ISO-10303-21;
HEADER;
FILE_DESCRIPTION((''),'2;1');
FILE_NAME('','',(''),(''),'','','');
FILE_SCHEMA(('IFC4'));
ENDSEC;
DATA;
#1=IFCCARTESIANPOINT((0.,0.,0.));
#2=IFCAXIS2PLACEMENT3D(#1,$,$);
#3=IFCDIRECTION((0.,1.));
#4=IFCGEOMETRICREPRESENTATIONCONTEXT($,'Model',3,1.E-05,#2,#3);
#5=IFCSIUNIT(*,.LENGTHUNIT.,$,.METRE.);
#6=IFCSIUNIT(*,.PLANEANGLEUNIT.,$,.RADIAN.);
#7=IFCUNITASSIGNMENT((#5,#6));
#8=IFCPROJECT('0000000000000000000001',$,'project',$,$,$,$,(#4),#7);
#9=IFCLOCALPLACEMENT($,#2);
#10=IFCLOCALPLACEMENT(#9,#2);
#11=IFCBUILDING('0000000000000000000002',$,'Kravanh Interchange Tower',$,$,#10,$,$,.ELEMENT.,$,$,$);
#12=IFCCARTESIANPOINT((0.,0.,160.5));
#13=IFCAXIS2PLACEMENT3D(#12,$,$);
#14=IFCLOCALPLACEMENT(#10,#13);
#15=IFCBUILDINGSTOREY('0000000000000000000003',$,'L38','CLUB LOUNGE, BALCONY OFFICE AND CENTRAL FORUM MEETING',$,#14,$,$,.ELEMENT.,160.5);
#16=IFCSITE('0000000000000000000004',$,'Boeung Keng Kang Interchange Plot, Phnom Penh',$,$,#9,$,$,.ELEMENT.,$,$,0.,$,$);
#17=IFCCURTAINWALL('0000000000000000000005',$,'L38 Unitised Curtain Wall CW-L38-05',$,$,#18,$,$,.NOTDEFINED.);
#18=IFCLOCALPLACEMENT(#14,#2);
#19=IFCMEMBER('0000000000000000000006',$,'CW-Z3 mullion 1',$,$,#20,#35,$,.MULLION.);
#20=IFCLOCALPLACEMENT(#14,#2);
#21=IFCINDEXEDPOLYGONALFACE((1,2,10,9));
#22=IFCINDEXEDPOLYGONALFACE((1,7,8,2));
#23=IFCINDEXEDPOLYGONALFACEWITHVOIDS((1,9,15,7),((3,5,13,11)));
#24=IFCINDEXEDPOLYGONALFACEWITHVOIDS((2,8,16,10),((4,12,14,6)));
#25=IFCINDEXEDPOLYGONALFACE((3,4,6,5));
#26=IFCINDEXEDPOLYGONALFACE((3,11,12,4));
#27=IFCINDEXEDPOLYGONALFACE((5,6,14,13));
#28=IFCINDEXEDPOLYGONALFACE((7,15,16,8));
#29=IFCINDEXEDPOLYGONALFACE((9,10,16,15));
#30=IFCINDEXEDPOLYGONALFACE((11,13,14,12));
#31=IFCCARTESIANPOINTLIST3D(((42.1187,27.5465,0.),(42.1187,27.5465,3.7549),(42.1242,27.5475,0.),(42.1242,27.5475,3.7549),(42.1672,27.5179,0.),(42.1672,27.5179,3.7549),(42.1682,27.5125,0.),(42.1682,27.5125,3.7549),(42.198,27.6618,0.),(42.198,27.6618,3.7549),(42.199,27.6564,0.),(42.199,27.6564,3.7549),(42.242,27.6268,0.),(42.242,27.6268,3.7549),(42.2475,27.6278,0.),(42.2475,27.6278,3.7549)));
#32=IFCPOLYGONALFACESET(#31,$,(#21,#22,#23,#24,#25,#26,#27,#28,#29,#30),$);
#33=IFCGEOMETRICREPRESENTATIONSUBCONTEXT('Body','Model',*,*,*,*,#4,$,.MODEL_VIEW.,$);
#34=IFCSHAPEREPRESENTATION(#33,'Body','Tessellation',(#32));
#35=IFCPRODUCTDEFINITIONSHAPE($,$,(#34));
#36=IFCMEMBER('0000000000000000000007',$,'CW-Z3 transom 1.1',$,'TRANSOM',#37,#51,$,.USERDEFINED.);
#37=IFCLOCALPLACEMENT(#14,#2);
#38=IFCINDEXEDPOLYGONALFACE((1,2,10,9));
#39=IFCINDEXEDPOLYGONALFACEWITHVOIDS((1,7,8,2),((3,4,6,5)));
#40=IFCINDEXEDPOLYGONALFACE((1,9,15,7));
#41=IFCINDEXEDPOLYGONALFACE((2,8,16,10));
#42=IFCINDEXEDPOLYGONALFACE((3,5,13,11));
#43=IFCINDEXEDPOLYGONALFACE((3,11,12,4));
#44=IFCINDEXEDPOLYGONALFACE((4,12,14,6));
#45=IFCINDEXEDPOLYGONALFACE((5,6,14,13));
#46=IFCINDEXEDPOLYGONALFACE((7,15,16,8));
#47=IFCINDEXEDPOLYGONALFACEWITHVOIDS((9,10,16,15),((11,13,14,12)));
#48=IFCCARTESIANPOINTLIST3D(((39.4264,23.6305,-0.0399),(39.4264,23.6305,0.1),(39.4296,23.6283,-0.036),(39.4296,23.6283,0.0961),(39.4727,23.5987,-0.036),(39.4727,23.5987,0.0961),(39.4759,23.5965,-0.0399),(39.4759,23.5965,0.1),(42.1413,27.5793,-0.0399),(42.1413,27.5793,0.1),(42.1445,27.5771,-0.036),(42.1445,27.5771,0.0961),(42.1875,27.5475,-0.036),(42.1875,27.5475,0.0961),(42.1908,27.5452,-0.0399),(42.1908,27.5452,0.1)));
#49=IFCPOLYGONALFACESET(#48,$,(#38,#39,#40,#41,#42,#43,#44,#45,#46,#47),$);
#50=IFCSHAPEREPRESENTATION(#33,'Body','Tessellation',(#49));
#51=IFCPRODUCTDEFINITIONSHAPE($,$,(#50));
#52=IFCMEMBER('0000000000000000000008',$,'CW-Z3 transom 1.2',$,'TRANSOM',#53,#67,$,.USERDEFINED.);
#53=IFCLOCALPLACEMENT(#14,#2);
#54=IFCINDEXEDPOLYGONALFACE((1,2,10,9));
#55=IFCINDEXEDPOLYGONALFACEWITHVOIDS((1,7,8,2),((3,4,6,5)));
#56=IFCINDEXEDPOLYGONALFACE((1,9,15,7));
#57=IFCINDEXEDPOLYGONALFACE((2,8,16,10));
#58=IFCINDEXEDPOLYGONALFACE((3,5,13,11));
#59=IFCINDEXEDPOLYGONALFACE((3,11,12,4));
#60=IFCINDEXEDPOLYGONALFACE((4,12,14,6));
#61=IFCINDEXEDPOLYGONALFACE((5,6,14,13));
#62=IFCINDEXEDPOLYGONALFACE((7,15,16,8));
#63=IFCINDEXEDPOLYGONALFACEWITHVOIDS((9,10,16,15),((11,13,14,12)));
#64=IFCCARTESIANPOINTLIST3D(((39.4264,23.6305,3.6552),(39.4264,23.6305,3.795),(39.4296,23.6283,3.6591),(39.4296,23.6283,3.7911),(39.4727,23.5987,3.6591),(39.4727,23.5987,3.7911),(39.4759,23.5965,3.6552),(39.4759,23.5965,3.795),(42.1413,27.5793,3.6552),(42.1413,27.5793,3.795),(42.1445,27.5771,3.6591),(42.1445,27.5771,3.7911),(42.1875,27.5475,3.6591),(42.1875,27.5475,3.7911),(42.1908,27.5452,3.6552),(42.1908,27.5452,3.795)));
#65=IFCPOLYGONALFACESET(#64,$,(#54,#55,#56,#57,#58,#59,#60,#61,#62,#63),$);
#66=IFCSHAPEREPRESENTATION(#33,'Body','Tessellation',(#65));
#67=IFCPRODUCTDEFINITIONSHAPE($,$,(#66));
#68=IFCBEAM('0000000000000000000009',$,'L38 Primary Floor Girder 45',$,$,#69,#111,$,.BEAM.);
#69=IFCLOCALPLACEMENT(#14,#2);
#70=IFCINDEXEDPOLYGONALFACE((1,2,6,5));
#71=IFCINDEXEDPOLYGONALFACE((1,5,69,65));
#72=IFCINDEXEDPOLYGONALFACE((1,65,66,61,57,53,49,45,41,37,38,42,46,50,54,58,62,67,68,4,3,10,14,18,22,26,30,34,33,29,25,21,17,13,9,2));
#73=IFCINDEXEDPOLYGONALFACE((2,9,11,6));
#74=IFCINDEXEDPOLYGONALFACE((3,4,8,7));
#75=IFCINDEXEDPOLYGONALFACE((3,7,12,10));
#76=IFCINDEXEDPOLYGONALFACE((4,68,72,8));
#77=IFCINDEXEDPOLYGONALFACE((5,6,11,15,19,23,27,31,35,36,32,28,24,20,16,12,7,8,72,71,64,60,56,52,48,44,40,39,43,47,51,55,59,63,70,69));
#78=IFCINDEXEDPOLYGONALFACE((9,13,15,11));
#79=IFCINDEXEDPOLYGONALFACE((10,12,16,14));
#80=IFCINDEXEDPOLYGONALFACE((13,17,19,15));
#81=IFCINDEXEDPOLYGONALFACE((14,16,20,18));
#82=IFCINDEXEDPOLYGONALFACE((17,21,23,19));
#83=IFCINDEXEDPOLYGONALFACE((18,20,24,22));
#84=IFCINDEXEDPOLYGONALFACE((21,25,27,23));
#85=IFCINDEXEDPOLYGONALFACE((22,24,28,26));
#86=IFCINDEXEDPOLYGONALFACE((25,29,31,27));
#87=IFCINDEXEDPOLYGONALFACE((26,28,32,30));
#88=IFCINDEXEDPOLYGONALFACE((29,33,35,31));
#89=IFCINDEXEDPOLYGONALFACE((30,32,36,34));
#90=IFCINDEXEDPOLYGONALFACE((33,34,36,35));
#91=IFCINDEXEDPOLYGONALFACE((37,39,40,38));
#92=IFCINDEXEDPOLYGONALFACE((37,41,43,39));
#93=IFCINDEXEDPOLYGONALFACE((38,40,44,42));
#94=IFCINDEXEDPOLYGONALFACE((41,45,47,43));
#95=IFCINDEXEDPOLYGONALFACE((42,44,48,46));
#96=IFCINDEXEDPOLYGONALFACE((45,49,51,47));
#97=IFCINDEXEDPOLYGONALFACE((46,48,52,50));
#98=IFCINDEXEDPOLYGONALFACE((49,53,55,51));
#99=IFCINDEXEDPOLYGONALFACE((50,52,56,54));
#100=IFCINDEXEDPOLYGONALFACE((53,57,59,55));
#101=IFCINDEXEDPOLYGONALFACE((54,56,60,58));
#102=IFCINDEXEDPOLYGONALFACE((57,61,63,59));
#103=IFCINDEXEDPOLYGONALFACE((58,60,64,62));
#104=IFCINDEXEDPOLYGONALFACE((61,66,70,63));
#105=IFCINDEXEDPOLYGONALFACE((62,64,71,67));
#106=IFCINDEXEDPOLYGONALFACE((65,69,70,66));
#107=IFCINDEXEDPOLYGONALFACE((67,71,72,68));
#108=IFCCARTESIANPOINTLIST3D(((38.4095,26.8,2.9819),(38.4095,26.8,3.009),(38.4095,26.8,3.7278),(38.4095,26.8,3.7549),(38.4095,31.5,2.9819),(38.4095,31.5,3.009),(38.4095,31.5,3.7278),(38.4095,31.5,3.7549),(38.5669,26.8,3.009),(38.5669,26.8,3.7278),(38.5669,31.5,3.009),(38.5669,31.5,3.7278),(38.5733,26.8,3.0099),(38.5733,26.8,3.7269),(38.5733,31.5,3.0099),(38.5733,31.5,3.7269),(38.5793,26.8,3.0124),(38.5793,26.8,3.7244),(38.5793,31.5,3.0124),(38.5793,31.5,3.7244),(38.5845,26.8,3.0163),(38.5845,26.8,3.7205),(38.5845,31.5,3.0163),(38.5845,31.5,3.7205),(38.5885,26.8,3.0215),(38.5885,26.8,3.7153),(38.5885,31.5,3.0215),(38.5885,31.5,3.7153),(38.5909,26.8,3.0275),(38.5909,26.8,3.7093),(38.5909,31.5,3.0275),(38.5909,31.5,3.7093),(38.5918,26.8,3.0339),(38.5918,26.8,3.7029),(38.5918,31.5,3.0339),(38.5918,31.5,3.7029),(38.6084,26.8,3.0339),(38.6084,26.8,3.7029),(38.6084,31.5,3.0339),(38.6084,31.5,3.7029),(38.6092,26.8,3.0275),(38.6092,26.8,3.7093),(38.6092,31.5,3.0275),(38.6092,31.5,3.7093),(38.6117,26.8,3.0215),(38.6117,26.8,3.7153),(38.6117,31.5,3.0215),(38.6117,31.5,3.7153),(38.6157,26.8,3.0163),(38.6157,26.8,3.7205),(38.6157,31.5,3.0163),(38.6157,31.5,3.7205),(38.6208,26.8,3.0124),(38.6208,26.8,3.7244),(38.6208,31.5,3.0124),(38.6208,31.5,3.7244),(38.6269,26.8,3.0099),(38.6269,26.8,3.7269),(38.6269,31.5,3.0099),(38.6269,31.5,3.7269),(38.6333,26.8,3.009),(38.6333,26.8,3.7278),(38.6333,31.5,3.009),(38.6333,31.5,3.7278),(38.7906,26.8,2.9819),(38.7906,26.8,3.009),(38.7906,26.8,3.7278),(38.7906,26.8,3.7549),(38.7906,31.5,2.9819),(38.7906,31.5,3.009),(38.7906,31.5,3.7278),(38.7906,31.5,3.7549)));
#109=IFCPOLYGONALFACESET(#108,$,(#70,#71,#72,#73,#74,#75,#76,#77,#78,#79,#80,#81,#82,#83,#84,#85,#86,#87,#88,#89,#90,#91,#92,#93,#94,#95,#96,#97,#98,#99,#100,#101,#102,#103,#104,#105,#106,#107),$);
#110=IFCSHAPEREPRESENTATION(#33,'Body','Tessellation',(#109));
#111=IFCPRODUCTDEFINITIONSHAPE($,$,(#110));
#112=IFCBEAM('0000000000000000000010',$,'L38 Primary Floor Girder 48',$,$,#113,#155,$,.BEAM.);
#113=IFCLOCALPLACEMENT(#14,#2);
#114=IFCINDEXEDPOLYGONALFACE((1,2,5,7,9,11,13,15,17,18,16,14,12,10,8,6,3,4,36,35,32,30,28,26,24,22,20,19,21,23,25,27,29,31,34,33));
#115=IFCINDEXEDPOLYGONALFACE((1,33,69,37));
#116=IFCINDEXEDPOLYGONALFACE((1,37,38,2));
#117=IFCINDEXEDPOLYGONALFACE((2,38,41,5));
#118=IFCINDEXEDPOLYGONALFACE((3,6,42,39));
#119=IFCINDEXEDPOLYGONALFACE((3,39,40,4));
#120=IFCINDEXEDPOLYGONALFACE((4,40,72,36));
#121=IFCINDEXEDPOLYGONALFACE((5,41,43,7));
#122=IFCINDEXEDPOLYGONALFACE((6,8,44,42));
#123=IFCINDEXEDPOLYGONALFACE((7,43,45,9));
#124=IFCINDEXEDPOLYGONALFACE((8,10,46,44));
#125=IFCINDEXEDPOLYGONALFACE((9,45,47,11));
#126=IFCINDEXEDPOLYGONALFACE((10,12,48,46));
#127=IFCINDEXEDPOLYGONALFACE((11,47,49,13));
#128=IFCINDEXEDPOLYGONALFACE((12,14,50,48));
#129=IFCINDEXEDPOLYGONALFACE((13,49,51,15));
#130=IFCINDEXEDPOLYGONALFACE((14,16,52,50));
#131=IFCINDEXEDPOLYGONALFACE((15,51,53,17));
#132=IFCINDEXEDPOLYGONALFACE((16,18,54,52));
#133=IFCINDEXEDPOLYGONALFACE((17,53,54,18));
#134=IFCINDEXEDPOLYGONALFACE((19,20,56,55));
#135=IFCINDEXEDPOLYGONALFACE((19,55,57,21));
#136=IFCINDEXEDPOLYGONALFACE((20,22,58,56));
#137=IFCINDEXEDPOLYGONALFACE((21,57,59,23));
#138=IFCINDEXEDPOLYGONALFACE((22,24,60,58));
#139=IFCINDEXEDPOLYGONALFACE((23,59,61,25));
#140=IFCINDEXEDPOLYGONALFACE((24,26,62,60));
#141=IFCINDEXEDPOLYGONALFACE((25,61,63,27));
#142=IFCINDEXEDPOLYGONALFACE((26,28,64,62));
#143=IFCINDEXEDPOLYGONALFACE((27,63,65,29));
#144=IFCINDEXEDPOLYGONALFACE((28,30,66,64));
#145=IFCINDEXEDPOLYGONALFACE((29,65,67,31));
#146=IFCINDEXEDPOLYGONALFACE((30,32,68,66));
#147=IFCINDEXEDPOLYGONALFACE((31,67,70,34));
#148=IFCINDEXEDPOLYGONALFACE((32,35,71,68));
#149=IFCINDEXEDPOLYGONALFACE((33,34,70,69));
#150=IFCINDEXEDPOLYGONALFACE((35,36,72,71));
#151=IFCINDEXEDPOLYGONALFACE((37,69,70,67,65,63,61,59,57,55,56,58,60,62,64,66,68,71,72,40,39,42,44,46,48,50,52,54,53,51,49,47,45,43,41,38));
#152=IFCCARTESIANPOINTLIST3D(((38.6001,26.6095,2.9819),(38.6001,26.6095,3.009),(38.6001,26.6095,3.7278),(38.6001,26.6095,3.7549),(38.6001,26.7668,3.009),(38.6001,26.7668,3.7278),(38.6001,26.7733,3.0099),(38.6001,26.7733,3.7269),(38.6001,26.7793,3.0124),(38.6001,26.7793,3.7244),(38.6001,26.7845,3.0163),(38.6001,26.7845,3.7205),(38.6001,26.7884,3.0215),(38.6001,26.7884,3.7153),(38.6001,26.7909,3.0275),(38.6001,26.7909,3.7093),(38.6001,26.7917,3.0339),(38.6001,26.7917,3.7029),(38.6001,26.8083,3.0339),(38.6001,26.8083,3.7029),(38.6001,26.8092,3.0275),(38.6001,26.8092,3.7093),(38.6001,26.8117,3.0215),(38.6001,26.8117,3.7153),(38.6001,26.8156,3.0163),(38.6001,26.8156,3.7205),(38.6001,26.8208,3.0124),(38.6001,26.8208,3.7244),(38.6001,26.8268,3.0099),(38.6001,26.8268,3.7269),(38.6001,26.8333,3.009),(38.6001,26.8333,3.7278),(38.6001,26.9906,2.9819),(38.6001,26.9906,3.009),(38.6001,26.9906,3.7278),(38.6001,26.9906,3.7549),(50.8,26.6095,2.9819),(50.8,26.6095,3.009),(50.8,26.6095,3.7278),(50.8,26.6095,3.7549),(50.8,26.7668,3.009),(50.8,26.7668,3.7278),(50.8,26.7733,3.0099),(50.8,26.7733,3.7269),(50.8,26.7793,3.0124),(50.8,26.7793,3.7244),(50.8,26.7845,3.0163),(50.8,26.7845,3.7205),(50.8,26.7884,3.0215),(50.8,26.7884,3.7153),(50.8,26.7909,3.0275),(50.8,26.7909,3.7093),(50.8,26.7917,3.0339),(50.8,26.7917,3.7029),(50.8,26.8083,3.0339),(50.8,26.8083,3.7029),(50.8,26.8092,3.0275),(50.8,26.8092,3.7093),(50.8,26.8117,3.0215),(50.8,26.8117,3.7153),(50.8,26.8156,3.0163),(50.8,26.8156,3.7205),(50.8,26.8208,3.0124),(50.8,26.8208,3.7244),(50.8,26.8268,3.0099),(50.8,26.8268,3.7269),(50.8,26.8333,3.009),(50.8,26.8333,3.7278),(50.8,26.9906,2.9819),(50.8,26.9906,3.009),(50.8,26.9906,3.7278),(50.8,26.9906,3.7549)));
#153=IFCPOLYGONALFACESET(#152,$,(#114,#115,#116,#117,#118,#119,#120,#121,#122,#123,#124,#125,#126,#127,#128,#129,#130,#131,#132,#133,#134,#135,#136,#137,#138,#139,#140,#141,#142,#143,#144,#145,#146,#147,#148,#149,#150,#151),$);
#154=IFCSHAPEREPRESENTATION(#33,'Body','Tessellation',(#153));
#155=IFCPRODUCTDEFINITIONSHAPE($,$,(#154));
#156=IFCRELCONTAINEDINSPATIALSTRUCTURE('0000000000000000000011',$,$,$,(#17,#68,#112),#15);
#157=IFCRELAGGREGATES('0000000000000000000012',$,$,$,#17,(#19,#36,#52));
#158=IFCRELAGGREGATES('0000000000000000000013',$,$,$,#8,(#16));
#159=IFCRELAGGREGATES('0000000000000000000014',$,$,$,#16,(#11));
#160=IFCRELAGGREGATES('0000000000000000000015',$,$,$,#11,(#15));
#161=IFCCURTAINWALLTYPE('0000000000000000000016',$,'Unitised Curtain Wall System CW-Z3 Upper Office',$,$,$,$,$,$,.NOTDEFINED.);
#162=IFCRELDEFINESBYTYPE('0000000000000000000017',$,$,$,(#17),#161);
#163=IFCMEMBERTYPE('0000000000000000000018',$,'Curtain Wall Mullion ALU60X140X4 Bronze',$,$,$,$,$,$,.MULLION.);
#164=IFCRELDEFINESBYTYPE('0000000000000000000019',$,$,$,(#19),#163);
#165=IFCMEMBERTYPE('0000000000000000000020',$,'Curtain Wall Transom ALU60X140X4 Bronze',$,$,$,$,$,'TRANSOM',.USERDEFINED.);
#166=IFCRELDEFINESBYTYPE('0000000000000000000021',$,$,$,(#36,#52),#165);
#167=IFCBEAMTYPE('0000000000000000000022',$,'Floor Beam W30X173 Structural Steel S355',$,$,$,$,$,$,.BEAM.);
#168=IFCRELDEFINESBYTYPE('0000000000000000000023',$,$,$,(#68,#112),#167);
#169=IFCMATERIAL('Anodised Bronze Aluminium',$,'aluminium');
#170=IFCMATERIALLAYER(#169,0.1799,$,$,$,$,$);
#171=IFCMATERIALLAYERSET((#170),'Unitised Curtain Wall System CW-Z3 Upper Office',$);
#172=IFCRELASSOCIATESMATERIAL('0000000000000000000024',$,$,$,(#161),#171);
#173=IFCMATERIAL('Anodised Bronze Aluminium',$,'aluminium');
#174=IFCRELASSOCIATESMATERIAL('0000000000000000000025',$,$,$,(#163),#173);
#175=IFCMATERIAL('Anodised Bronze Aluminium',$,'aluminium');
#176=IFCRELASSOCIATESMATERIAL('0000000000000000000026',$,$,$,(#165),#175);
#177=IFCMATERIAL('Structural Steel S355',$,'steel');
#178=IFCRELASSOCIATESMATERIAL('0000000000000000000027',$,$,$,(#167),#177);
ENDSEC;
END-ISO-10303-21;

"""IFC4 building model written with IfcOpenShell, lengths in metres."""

from ifc_helpers import new_model, si_unit, direction, frame, origin, origin_2d, place, context, subcontext, project, spatial, hollow_rectangle, i_section, extrude, material, layer, layer_set, material_profile, profile_set, type_object, element, aggregate, save


model = new_model("IFC4")

# Units and contexts
model_context = context("Model", 3, precision=1e-05, world=origin(), true_north=direction((0.0, 1.0)))
body_context = subcontext(model_context, "Body", "Model", "MODEL_VIEW")
ifc_project = project(units=[si_unit("LENGTHUNIT", "METRE"), si_unit("PLANEANGLEUNIT", "RADIAN")], contexts=[model_context])

# Site, building, storey
site_placement = place(None, origin())
site = spatial("IfcSite", under=ifc_project, at=site_placement, Name="Boeung Keng Kang Interchange Plot, Phnom Penh", CompositionType="ELEMENT", RefElevation=0.0)
building_placement = place(site_placement, origin())
building = spatial("IfcBuilding", under=site, at=building_placement, Name="Kravanh Interchange Tower", CompositionType="ELEMENT")
storey_placement = place(building_placement, frame((0.0, 0.0, 160.5)))
storey = spatial("IfcBuildingStorey", under=building, at=storey_placement, Name="L38", Description="CLUB LOUNGE, BALCONY OFFICE AND CENTRAL FORUM MEETING", CompositionType="ELEMENT", Elevation=160.5)

# Shared definitions
ifc_material_1 = material(Name="Anodised Bronze Aluminium", Category="aluminium")
ifc_layer_1 = layer(ifc_material_1, 0.1799)
ifc_layer_set_1 = layer_set([ifc_layer_1], Name="Unitised Curtain Wall System CW-Z3 Upper Office")
curtain_wall_type = type_object("IfcCurtainWallType", Name="Unitised Curtain Wall System CW-Z3 Upper Office", PredefinedType="NOTDEFINED", material=ifc_layer_set_1)
ifc_material_2 = material(Name="Anodised Bronze Aluminium", Category="aluminium")
ifc_material_profile_1 = material_profile(ifc_material_2, hollow_rectangle(XDim=0.0601, YDim=0.1399, WallThickness=0.0039, at=origin_2d()), Name="ALU60X140X4")
ifc_profile_set_1 = profile_set([ifc_material_profile_1], Name="Anodised Bronze Aluminium")
member_type_1 = type_object("IfcMemberType", Name="Curtain Wall Mullion ALU60X140X4 Bronze", PredefinedType="MULLION", material=ifc_profile_set_1)

# Curtain wall, members
curtain_wall_1_placement = place(storey_placement, origin())
curtain_wall_1 = element("IfcCurtainWall", 1, at=curtain_wall_1_placement, inside=storey, type_object=curtain_wall_type, Name="L38 Unitised Curtain Wall CW-L38-05", PredefinedType="NOTDEFINED")
member_1_placement = place(storey_placement, frame((42.1831, 27.5872, 0.0), z_axis=(0.0, 0.0, 1.0), x_axis=(0.824042, -0.566528, 0.0)))
member_1 = element("IfcMember", 2, at=member_1_placement, type_object=member_type_1, Name="CW-Z3 mullion 1", PredefinedType="MULLION", context=body_context, shape_type="SweptSolid", body=[
    extrude(hollow_rectangle(XDim=0.0601, YDim=0.1399, WallThickness=0.0039, at=origin_2d()), origin(), (0.0, 0.0, 1.0), 3.7549),
])
ifc_material_3 = material(Name="Anodised Bronze Aluminium", Category="aluminium")
ifc_material_profile_2 = material_profile(ifc_material_3, hollow_rectangle(XDim=0.0601, YDim=0.1399, WallThickness=0.0039, at=origin_2d()), Name="ALU60X140X4")
ifc_profile_set_2 = profile_set([ifc_material_profile_2], Name="Anodised Bronze Aluminium")
member_type_2 = type_object("IfcMemberType", Name="Curtain Wall Transom ALU60X140X4 Bronze", ElementType="TRANSOM", PredefinedType="USERDEFINED", material=ifc_profile_set_2)
member_2_placement = place(storey_placement, frame((42.166, 27.5623, 0.03), z_axis=(-0.566542, -0.824033, 0.0), x_axis=(0.824033, -0.566542, 0.0)))
member_2 = element("IfcMember", 3, at=member_2_placement, type_object=member_type_2, Name="CW-Z3 transom 1.1", ObjectType="TRANSOM", PredefinedType="USERDEFINED", context=body_context, shape_type="SweptSolid", body=[
    extrude(hollow_rectangle(XDim=0.0601, YDim=0.1399, WallThickness=0.0039, at=origin_2d()), origin(), (0.0, 0.0, 1.0), 4.792),
])
member_3_placement = place(storey_placement, frame((42.166, 27.5623, 3.7251), z_axis=(-0.566542, -0.824033, 0.0), x_axis=(0.824033, -0.566542, 0.0)))
member_3 = element("IfcMember", 4, at=member_3_placement, type_object=member_type_2, Name="CW-Z3 transom 1.2", ObjectType="TRANSOM", PredefinedType="USERDEFINED", context=body_context, shape_type="SweptSolid", body=[
    extrude(hollow_rectangle(XDim=0.0601, YDim=0.1399, WallThickness=0.0039, at=origin_2d()), origin(), (0.0, 0.0, 1.0), 4.792),
])
aggregate(curtain_wall_1, [member_1, member_2, member_3])

# Beams
ifc_material_4 = material(Name="Structural Steel S355", Category="steel")
ifc_material_profile_3 = material_profile(ifc_material_4, i_section(OverallWidth=0.3811, OverallDepth=0.7729, WebThickness=0.0166, FlangeThickness=0.0271, FilletRadius=0.0249, at=origin_2d()), Name="W30X173")
ifc_profile_set_3 = profile_set([ifc_material_profile_3], Name="Structural Steel S355")
beam_type_1 = type_object("IfcBeamType", Name="Floor Beam W30X173 Structural Steel S355", PredefinedType="BEAM", material=ifc_profile_set_3)
beam_1_placement = place(storey_placement, frame((38.6001, 26.8, 3.3684), z_axis=(0.0, 1.0, 0.0), x_axis=(-1.0, 0.0, 0.0)))
element("IfcBeam", 5, at=beam_1_placement, inside=storey, type_object=beam_type_1, Name="L38 Primary Floor Girder 45", PredefinedType="BEAM", context=body_context, shape_type="SweptSolid", body=[
    extrude(i_section(OverallWidth=0.3811, OverallDepth=0.7729, WebThickness=0.0166, FlangeThickness=0.0271, FilletRadius=0.0249, at=origin_2d()), origin(), (0.0, 0.0, 1.0), 4.7),
])
beam_2_placement = place(storey_placement, frame((38.6001, 26.8, 3.3684), z_axis=(1.0, 0.0, 0.0), x_axis=(0.0, 1.0, 0.0)))
element("IfcBeam", 6, at=beam_2_placement, inside=storey, type_object=beam_type_1, Name="L38 Primary Floor Girder 48", PredefinedType="BEAM", context=body_context, shape_type="SweptSolid", body=[
    extrude(i_section(OverallWidth=0.3811, OverallDepth=0.7729, WebThickness=0.0166, FlangeThickness=0.0271, FilletRadius=0.0249, at=origin_2d()), origin(), (0.0, 0.0, 1.0), 12.2),
])

save(model, "model.ifc")
